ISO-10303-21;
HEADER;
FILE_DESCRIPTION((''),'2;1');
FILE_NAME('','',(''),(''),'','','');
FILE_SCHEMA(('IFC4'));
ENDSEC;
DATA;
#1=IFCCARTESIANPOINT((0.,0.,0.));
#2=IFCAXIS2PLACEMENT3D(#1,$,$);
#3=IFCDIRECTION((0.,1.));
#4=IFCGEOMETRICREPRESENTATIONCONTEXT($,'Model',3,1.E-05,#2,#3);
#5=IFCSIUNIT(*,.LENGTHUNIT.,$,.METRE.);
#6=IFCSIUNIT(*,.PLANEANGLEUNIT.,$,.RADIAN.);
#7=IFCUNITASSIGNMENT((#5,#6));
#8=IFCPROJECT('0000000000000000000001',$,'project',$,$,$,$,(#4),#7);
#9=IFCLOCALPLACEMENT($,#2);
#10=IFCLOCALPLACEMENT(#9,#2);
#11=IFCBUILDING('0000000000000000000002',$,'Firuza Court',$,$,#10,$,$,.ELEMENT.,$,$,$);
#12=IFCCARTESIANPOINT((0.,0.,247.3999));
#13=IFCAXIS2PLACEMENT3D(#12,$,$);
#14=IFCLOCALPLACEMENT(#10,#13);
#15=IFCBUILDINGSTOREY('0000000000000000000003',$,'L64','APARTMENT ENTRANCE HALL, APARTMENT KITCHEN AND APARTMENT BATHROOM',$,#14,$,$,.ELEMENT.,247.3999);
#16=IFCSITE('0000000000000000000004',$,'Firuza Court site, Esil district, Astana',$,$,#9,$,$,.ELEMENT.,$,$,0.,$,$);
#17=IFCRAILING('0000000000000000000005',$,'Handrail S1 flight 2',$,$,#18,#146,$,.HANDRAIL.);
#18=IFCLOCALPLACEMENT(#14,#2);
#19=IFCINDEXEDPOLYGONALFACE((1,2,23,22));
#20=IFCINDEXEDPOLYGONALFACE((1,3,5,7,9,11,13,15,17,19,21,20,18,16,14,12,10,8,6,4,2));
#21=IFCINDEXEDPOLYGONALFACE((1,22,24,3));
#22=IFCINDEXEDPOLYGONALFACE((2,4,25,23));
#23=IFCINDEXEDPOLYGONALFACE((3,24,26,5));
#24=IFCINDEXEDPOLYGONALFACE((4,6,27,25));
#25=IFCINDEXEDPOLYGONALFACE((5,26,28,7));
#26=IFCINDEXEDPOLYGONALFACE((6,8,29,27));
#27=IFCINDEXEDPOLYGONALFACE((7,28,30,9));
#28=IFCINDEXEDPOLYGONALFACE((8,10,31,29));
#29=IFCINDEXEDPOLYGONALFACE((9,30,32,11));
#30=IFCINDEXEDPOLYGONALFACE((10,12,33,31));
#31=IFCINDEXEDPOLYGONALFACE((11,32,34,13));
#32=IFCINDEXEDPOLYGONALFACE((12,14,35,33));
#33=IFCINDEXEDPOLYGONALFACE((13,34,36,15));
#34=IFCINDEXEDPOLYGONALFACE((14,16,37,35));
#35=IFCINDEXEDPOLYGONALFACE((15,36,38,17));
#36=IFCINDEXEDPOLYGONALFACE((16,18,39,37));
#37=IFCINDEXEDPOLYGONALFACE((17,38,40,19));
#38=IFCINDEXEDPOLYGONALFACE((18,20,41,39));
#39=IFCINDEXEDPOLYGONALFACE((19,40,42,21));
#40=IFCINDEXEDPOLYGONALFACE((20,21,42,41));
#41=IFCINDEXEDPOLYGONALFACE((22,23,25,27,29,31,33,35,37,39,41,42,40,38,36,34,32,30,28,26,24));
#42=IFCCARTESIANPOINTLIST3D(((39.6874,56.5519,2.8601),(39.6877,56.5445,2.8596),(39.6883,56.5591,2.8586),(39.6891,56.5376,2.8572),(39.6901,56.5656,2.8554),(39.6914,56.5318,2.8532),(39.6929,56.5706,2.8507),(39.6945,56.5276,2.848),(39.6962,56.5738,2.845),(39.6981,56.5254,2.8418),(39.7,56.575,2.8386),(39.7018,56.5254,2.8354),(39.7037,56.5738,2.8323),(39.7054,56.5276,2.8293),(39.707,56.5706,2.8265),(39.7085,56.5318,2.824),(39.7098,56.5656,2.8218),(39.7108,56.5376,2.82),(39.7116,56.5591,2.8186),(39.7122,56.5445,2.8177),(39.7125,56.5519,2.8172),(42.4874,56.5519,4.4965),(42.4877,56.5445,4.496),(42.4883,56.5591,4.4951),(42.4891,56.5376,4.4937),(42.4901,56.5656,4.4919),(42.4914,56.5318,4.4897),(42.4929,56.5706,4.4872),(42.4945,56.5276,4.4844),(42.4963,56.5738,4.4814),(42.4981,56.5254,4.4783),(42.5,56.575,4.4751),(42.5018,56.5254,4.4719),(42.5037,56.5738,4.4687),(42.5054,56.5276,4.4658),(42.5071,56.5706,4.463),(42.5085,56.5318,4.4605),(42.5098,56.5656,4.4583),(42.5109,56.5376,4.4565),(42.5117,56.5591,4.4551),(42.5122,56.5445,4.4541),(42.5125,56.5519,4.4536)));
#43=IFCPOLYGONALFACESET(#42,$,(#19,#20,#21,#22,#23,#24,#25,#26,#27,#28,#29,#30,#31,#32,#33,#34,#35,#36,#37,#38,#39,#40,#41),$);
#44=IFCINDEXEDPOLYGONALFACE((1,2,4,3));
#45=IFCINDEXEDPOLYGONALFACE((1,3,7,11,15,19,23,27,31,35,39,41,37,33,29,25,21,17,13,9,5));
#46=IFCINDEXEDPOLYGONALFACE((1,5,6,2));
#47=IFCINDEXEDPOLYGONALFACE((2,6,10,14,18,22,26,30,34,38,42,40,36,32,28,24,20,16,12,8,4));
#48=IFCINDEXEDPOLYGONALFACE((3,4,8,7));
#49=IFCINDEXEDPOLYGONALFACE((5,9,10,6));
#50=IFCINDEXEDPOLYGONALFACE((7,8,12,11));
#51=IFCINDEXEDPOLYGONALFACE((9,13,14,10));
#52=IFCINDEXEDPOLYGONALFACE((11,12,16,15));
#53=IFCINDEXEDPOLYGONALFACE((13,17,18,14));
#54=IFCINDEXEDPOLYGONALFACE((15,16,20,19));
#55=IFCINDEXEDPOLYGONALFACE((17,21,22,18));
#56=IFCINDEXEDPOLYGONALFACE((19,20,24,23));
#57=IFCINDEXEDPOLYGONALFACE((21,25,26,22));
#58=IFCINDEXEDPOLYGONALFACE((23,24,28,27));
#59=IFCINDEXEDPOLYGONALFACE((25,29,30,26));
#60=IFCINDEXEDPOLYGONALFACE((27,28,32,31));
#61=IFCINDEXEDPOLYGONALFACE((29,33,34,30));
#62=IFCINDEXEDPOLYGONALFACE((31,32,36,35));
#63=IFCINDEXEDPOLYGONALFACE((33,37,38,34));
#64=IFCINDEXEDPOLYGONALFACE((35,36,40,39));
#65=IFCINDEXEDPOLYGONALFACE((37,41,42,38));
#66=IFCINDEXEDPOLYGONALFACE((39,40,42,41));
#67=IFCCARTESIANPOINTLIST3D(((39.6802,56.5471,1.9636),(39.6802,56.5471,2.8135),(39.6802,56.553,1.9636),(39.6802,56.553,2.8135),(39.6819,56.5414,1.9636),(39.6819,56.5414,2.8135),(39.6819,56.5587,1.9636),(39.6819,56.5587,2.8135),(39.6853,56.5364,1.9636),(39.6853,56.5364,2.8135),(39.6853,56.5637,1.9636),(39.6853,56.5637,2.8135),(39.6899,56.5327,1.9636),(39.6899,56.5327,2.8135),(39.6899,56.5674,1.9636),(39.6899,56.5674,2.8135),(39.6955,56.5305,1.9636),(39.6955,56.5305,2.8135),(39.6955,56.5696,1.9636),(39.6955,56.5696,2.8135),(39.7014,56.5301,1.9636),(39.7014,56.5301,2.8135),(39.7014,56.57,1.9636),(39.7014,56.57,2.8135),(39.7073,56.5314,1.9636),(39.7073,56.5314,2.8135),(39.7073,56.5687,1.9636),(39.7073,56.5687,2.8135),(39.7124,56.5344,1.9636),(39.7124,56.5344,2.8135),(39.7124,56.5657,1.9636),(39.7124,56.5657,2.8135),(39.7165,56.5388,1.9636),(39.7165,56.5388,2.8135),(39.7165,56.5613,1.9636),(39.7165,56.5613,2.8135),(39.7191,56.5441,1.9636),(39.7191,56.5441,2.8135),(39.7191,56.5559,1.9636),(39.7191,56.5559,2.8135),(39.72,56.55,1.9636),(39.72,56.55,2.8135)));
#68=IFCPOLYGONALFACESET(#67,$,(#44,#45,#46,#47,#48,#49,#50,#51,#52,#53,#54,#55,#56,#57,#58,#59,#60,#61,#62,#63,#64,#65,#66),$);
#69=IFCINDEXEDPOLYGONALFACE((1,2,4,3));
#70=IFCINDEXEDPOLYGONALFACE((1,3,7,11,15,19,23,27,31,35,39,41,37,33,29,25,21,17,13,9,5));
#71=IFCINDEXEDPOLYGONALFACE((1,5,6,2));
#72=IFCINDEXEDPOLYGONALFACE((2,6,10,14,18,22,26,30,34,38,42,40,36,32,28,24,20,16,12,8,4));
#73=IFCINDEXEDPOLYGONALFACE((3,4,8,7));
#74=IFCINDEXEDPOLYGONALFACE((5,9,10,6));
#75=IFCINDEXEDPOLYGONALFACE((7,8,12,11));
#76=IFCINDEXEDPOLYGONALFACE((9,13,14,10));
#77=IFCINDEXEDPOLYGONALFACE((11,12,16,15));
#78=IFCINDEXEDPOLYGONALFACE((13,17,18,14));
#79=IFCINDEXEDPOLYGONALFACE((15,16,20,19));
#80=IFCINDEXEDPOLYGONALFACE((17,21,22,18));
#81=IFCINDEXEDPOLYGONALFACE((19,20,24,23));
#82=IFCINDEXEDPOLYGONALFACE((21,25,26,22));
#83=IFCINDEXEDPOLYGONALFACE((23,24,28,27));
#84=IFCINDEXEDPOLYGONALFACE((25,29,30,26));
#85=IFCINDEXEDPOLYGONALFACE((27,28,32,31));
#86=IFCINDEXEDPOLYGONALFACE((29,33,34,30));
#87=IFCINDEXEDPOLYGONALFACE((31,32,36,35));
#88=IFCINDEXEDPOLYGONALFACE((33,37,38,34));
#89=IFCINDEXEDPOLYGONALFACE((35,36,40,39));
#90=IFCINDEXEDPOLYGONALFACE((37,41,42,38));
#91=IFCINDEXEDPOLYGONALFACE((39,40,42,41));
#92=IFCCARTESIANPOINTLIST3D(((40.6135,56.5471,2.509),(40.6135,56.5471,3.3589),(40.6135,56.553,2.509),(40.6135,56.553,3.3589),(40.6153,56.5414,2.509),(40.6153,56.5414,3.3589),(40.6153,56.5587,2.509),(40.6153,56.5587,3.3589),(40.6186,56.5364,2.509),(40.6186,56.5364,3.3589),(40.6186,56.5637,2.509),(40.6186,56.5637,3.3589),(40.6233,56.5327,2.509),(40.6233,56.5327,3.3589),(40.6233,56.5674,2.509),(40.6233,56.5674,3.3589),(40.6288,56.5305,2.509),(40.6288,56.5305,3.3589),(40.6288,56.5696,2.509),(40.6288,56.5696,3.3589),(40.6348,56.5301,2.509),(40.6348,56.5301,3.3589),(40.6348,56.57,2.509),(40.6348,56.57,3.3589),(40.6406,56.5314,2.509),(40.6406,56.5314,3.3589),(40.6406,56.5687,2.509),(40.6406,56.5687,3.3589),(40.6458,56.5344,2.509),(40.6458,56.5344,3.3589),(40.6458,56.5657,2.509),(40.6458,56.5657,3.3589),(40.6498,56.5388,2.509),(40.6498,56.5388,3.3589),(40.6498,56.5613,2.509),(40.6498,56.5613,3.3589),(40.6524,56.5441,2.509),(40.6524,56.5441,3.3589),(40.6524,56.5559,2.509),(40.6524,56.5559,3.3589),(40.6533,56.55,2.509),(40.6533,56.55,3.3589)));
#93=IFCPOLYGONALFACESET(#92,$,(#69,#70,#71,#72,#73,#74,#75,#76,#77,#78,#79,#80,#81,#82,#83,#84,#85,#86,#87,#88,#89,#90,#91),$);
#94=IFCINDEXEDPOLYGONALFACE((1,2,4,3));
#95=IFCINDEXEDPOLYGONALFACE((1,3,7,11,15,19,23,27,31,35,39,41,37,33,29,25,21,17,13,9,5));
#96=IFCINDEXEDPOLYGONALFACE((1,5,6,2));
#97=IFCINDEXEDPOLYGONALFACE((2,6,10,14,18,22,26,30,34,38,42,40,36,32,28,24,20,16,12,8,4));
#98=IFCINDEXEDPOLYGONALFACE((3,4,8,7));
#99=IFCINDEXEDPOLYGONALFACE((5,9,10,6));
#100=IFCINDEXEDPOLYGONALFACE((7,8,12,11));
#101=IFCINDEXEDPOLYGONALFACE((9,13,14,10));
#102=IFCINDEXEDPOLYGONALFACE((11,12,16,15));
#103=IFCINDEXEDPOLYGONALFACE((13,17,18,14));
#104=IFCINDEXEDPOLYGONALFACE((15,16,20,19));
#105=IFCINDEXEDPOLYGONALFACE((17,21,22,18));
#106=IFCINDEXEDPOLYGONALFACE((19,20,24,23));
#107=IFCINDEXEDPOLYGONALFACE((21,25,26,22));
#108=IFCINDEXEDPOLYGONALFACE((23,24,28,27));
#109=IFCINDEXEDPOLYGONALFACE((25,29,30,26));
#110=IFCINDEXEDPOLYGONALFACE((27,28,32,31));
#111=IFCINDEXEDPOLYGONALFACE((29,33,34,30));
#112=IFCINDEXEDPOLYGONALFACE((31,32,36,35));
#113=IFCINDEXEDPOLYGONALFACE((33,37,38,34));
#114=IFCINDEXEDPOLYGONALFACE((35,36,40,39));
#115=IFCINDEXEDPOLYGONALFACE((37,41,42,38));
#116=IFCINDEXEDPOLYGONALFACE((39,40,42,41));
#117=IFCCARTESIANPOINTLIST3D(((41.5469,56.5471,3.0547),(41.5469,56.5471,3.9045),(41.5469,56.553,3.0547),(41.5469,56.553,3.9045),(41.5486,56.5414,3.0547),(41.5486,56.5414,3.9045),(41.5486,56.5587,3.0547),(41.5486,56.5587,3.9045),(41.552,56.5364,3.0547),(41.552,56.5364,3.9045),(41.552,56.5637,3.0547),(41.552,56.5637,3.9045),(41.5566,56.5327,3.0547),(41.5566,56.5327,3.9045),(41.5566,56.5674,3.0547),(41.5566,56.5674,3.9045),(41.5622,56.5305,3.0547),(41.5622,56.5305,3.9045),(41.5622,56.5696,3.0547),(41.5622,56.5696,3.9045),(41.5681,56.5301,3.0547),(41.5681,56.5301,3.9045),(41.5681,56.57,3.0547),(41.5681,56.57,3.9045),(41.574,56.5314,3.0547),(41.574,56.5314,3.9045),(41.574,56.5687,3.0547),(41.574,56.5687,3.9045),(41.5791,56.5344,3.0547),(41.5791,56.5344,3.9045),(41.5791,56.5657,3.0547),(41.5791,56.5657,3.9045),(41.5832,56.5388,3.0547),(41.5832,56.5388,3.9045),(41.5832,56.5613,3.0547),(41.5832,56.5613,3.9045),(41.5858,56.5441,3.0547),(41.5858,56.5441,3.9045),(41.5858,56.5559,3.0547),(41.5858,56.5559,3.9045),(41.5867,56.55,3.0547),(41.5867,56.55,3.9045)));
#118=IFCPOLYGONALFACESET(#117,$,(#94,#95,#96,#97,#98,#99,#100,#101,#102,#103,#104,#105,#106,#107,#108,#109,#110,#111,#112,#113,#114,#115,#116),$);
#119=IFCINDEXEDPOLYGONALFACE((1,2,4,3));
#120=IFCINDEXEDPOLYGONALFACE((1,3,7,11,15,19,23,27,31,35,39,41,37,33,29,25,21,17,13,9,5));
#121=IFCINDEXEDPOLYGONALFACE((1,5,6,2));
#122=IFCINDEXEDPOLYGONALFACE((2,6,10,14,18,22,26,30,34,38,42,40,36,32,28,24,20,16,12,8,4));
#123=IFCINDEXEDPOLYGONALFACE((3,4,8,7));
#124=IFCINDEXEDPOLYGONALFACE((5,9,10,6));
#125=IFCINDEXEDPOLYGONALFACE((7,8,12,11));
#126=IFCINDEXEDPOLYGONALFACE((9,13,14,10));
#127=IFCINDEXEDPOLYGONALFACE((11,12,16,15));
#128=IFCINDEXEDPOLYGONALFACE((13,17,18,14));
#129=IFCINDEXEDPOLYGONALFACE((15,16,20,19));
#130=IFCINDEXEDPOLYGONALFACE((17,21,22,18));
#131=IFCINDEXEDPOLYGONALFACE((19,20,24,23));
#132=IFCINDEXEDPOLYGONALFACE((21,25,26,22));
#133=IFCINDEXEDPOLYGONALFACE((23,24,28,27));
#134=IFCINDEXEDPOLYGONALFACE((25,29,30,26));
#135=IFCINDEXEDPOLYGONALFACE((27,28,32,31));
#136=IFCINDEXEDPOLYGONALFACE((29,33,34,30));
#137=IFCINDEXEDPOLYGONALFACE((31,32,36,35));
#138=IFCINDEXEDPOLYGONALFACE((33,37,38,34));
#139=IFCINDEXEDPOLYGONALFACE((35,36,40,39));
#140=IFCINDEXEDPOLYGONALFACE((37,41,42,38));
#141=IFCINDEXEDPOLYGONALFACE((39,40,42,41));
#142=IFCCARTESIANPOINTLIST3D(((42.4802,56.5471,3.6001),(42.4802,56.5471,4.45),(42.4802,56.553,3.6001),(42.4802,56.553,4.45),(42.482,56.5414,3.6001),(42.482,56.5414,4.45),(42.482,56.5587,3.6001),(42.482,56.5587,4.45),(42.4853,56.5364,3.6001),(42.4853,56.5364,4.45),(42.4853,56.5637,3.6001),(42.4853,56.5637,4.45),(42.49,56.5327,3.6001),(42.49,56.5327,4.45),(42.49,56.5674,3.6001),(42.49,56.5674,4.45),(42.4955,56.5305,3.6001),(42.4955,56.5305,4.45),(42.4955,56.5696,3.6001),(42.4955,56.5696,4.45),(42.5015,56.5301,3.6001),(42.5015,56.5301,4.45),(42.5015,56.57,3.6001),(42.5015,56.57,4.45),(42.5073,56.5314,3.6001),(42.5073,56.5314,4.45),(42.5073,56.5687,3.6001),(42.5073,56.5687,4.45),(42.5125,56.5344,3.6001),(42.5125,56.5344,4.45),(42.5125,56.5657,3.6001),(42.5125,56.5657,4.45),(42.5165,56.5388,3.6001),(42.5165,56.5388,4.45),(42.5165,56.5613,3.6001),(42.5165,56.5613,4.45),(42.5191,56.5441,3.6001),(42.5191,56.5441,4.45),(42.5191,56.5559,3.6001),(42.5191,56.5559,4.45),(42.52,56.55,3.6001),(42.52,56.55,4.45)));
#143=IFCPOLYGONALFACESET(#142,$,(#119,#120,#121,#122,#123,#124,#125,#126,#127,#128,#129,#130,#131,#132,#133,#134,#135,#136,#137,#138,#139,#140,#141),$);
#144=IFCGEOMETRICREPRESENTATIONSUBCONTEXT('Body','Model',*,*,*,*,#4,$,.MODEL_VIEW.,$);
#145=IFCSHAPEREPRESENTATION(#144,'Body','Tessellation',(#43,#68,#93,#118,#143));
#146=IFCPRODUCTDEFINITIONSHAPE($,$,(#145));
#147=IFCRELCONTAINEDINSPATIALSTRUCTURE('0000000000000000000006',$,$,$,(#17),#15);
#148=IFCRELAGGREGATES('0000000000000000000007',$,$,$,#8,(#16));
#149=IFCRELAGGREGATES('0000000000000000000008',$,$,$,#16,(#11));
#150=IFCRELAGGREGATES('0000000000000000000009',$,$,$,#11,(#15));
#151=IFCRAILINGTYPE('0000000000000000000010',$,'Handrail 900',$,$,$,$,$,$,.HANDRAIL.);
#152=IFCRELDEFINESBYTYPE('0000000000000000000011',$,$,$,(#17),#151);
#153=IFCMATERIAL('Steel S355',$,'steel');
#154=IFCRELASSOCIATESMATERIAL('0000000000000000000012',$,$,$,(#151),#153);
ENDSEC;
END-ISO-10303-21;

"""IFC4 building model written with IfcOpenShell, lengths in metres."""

from ifc_helpers import new_model, si_unit, direction, frame, origin, origin_2d, place, context, subcontext, project, spatial, circle, extrude, material, type_object, element, save


model = new_model("IFC4")

# Units and contexts
model_context = context("Model", 3, precision=1e-05, world=origin(), true_north=direction((0.0, 1.0)))
body_context = subcontext(model_context, "Body", "Model", "MODEL_VIEW")
ifc_project = project(units=[si_unit("LENGTHUNIT", "METRE"), si_unit("PLANEANGLEUNIT", "RADIAN")], contexts=[model_context])

# Site, building, storey
site_placement = place(None, origin())
site = spatial("IfcSite", under=ifc_project, at=site_placement, Name="Firuza Court site, Esil district, Astana", CompositionType="ELEMENT", RefElevation=0.0)
building_placement = place(site_placement, origin())
building = spatial("IfcBuilding", under=site, at=building_placement, Name="Firuza Court", CompositionType="ELEMENT")
storey_placement = place(building_placement, frame((0.0, 0.0, 247.3999)))
storey = spatial("IfcBuildingStorey", under=building, at=storey_placement, Name="L64", Description="APARTMENT ENTRANCE HALL, APARTMENT KITCHEN AND APARTMENT BATHROOM", CompositionType="ELEMENT", Elevation=247.3999)

# Railing
ifc_material_1 = material(Name="Steel S355", Category="steel")
railing_type_1 = type_object("IfcRailingType", Name="Handrail 900", PredefinedType="HANDRAIL", material=ifc_material_1)
railing_1_placement = place(storey_placement, frame((39.7, 56.55, 1.9636)))
element("IfcRailing", 1, at=railing_1_placement, inside=storey, type_object=railing_type_1, Name="Handrail S1 flight 2", PredefinedType="HANDRAIL", context=body_context, shape_type="SweptSolid", body=[
    extrude(circle(Radius=0.0249, at=origin_2d()), frame((0.0, 0.0, 0.875), z_axis=(0.863361, 0.0, 0.504587), x_axis=(0.0, 1.0, 0.0)), (0.0, 0.0, 1.0), 3.2432),
    extrude(circle(Radius=0.02, at=origin_2d()), origin(), (0.0, 0.0, 1.0), 0.8499),
    extrude(circle(Radius=0.02, at=origin_2d()), frame((0.9333, 0.0, 0.5454)), (0.0, 0.0, 1.0), 0.8499),
    extrude(circle(Radius=0.02, at=origin_2d()), frame((1.8667, 0.0, 1.0911)), (0.0, 0.0, 1.0), 0.8499),
    extrude(circle(Radius=0.02, at=origin_2d()), frame((2.8, 0.0, 1.6365)), (0.0, 0.0, 1.0), 0.8499),
])

save(model, "model.ifc")
